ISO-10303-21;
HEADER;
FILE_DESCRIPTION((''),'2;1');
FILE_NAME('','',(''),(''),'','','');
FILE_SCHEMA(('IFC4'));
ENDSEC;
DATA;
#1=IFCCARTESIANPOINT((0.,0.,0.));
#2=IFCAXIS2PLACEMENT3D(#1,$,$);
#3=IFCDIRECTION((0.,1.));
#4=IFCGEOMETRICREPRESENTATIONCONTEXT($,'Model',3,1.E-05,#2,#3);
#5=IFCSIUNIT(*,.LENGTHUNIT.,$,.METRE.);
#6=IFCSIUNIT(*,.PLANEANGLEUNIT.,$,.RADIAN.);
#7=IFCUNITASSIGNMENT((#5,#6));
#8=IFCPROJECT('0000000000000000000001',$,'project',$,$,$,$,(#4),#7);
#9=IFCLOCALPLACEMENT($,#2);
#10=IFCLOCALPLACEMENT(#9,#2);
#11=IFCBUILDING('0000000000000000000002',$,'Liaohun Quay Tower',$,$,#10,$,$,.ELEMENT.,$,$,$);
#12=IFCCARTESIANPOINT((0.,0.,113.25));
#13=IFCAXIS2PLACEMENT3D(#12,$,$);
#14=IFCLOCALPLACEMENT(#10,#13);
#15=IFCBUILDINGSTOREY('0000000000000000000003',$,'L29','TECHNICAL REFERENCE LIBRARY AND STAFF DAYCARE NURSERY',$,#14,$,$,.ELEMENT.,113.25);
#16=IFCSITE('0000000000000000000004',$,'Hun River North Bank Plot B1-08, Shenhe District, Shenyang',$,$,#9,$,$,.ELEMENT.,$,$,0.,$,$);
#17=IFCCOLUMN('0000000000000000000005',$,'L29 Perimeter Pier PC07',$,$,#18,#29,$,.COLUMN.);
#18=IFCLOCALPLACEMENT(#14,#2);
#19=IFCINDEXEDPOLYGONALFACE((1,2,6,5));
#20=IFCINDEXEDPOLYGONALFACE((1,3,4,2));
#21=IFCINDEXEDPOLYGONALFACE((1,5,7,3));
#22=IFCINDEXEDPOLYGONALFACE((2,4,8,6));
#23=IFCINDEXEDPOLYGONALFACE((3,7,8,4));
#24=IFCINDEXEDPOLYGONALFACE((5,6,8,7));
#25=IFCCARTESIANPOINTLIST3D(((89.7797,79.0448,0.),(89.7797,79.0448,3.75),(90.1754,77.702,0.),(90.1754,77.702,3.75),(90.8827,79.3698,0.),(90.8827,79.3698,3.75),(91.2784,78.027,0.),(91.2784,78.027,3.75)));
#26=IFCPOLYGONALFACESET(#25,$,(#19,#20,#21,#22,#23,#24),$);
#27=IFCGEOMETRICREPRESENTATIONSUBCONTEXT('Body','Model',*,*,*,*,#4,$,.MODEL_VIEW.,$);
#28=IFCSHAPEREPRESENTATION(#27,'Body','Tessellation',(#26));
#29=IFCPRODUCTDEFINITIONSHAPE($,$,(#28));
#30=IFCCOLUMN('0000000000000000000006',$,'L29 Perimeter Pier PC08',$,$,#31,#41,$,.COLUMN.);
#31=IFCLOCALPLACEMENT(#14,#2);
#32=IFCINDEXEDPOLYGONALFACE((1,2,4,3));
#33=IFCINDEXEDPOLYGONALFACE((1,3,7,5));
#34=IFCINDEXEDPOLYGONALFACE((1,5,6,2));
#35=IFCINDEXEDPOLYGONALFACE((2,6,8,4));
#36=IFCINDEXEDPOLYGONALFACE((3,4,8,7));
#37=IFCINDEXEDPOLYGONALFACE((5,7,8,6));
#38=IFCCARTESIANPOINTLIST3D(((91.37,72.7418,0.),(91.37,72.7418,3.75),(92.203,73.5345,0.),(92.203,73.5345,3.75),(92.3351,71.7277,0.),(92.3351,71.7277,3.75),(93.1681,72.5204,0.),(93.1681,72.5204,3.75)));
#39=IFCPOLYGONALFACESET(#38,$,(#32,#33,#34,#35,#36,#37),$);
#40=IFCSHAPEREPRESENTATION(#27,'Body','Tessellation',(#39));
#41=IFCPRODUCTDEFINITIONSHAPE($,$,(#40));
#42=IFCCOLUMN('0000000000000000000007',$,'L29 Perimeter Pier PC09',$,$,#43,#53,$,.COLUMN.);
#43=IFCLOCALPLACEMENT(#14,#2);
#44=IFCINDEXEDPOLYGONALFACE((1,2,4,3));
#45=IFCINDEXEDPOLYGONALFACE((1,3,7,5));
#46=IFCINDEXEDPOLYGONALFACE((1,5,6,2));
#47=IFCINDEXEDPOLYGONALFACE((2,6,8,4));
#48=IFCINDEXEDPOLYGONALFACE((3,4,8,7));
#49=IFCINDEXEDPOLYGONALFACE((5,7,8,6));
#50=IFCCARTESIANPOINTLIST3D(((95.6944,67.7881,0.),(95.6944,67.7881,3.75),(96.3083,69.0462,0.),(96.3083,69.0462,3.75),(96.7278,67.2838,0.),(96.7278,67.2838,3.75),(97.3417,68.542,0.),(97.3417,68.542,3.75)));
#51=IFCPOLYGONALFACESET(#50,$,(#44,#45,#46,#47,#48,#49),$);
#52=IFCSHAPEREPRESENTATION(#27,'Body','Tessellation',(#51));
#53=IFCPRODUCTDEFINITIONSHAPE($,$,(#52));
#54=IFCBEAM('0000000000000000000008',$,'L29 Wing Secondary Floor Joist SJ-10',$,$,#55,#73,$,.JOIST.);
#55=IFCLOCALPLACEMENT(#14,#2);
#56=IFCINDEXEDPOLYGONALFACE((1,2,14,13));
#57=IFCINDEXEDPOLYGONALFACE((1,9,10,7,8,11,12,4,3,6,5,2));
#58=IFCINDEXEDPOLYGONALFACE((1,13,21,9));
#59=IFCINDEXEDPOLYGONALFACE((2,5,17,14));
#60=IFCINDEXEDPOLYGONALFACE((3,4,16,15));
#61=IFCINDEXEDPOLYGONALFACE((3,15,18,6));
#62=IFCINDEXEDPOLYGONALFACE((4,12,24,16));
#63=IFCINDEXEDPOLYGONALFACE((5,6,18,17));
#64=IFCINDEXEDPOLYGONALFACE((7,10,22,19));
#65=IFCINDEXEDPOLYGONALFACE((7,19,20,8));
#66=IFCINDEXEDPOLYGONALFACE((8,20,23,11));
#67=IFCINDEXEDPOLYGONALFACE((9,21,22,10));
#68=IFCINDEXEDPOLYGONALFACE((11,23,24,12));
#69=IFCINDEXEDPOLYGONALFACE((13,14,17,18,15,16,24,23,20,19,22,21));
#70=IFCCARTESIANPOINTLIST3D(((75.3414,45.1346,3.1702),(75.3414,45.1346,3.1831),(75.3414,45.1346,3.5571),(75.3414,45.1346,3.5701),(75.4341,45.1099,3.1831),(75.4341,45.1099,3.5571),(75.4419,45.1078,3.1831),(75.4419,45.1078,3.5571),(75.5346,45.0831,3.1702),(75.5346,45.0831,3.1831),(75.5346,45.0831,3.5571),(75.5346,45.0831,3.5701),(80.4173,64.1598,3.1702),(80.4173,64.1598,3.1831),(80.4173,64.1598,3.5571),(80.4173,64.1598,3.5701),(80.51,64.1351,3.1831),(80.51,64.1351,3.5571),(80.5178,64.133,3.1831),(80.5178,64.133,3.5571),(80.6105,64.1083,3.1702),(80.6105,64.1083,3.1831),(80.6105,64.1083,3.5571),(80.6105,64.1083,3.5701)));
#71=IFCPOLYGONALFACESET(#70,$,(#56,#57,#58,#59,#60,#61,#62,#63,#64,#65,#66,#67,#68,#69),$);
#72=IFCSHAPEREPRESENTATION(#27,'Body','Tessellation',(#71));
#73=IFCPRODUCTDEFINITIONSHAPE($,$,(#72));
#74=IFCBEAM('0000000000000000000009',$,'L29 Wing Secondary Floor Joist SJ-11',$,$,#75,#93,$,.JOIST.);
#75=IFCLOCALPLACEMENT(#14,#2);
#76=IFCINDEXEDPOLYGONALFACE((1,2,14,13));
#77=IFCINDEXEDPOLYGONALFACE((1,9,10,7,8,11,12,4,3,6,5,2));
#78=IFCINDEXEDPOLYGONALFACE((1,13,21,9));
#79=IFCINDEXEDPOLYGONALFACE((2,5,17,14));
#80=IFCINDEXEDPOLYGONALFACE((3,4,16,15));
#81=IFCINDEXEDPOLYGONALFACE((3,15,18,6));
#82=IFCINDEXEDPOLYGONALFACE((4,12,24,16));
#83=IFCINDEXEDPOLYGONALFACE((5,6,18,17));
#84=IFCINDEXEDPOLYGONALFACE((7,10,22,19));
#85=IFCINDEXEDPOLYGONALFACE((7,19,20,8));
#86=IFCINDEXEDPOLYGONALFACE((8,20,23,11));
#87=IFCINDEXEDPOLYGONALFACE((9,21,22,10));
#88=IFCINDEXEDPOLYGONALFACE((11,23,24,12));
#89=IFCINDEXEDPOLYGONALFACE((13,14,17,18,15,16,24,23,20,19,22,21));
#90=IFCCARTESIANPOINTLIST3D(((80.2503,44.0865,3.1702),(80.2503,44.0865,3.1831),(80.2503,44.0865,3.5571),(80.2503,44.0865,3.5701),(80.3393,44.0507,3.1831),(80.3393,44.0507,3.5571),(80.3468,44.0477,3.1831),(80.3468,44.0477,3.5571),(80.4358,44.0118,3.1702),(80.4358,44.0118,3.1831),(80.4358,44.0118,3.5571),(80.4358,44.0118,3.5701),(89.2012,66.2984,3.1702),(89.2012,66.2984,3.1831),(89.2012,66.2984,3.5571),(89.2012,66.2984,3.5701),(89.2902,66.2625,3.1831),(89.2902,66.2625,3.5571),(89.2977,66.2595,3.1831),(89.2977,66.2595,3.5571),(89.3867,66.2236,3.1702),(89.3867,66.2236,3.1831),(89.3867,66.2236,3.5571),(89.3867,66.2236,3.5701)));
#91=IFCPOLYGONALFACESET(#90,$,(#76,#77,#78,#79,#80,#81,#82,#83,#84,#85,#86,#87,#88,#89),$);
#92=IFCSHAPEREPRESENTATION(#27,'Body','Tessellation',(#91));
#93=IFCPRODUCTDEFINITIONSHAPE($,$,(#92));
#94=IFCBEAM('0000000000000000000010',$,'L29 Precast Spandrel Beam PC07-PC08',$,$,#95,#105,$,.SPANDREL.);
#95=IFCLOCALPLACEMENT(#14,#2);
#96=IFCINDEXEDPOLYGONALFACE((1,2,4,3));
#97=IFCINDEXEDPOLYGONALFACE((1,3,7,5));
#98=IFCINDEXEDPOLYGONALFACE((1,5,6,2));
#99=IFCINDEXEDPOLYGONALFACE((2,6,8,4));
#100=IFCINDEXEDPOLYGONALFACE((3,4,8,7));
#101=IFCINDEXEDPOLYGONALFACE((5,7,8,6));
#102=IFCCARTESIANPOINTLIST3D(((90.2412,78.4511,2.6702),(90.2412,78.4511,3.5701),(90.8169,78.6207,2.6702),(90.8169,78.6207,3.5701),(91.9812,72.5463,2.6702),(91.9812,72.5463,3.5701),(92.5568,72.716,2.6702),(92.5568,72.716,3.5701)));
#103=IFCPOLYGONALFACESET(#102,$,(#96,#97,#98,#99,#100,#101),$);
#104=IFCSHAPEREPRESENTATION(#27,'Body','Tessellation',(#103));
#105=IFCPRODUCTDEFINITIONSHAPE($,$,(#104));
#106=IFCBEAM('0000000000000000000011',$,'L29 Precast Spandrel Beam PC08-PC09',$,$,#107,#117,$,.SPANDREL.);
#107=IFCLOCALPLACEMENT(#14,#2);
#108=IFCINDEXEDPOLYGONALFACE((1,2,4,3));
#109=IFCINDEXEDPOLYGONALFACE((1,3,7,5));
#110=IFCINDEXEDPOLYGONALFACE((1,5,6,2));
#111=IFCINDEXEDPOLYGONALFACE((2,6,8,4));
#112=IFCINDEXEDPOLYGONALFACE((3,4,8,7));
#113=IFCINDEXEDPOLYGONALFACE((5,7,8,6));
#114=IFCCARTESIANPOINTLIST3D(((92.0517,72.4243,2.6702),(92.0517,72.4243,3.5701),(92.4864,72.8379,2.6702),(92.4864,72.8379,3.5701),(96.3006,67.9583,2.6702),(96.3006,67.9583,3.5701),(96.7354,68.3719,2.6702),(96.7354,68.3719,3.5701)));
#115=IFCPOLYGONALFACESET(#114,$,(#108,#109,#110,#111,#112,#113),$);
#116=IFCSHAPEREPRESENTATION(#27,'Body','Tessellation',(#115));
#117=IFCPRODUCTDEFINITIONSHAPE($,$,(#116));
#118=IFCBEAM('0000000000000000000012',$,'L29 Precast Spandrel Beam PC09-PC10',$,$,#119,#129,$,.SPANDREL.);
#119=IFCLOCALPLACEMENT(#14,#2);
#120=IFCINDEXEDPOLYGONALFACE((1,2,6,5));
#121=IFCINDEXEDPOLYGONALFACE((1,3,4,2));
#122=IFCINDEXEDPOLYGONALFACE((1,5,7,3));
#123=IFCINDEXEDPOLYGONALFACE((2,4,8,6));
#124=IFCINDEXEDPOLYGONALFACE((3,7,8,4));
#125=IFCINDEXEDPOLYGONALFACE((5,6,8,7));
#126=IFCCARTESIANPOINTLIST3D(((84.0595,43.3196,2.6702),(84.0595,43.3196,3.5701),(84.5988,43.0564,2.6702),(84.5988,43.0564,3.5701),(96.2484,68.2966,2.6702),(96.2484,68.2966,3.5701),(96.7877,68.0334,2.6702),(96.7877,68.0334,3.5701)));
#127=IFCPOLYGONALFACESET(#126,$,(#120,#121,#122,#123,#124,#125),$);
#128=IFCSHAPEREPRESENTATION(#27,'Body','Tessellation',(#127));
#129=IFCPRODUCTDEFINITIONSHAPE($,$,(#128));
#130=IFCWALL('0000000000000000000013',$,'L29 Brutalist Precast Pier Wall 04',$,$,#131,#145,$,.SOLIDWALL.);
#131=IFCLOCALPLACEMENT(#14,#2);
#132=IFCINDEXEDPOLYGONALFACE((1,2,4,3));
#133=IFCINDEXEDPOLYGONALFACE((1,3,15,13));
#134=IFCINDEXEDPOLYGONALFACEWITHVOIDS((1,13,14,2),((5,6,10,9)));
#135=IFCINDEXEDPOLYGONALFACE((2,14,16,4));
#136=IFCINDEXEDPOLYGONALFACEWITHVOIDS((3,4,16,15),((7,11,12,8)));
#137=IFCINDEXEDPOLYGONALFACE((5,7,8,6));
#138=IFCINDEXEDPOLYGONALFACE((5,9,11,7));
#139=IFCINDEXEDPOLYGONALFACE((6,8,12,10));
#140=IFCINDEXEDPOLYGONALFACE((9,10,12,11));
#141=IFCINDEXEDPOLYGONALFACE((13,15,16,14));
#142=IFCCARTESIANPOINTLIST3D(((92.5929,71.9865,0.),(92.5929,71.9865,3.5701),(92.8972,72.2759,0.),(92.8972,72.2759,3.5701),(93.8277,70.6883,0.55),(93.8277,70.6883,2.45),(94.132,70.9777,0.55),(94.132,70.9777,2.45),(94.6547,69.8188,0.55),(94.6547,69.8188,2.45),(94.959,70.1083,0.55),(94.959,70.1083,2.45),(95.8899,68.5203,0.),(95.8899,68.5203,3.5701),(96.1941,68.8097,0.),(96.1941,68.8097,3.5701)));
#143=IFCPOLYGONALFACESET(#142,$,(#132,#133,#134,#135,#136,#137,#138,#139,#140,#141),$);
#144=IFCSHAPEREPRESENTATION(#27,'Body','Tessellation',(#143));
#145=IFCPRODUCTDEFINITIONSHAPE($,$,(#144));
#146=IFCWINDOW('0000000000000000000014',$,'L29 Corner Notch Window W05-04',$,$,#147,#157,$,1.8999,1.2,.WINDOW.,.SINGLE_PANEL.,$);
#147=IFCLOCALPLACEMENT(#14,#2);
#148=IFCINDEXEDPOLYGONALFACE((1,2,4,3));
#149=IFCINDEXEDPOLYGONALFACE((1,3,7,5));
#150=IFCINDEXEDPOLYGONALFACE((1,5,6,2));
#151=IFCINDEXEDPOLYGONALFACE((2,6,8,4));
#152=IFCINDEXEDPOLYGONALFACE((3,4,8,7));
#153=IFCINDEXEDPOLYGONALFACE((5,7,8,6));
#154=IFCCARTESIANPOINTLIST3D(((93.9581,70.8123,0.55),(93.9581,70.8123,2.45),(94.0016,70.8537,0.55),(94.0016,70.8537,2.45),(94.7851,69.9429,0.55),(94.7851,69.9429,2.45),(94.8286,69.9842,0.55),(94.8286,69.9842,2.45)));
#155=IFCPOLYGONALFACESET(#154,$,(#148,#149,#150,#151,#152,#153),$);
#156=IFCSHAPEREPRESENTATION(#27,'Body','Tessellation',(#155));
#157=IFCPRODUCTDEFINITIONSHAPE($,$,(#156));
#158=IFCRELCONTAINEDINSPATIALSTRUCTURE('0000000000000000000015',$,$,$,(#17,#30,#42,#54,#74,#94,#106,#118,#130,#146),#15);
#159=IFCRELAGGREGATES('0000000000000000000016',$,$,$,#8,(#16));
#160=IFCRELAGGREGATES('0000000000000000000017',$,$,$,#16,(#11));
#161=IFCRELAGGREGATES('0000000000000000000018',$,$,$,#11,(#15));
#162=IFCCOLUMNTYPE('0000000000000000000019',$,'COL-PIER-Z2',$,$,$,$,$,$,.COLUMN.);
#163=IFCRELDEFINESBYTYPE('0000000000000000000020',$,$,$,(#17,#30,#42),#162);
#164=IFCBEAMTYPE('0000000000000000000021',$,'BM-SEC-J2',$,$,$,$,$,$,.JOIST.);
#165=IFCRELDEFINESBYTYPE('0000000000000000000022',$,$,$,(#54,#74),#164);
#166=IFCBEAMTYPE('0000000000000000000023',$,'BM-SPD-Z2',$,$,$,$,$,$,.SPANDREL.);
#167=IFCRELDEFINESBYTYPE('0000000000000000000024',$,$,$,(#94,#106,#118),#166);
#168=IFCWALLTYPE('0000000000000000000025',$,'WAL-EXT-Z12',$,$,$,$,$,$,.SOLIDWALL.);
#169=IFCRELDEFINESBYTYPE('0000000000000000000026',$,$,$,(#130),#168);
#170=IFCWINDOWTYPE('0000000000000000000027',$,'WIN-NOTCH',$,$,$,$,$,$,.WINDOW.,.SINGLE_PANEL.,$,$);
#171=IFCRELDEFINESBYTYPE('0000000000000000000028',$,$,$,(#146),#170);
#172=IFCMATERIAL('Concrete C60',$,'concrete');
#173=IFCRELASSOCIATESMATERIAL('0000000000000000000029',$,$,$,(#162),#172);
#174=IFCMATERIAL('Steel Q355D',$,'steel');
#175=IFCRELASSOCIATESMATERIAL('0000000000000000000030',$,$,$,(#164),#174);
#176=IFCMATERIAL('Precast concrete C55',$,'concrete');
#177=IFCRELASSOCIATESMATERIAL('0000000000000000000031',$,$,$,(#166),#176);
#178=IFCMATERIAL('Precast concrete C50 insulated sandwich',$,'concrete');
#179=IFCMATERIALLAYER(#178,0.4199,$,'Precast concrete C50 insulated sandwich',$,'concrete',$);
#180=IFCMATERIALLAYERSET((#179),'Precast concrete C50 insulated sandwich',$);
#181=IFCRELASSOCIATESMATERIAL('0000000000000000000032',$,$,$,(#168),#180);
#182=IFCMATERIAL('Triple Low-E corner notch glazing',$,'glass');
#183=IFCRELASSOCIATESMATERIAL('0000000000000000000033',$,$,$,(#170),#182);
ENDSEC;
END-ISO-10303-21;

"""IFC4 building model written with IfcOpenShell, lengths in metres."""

from ifc_helpers import new_model, si_unit, direction, frame, frame_2d, origin, origin_2d, place, context, subcontext, project, spatial, rectangle, i_section, extrude, source, transform, mapped, material, layer, layer_set, material_profile, profile_set, type_object, element, fill, save


model = new_model("IFC4")

# Units and contexts
model_context = context("Model", 3, precision=1e-05, world=origin(), true_north=direction((0.0, 1.0)))
body_context = subcontext(model_context, "Body", "Model", "MODEL_VIEW")
ifc_project = project(units=[si_unit("LENGTHUNIT", "METRE"), si_unit("PLANEANGLEUNIT", "RADIAN")], contexts=[model_context])

# Site, building, storey
site_placement = place(None, origin())
site = spatial("IfcSite", under=ifc_project, at=site_placement, Name="Hun River North Bank Plot B1-08, Shenhe District, Shenyang", CompositionType="ELEMENT", RefElevation=0.0)
building_placement = place(site_placement, origin())
building = spatial("IfcBuilding", under=site, at=building_placement, Name="Liaohun Quay Tower", CompositionType="ELEMENT")
storey_placement = place(building_placement, frame((0.0, 0.0, 113.25)))
storey = spatial("IfcBuildingStorey", under=building, at=storey_placement, Name="L29", Description="TECHNICAL REFERENCE LIBRARY AND STAFF DAYCARE NURSERY", CompositionType="ELEMENT", Elevation=113.25)

# Columns
ifc_material_1 = material(Name="Concrete C60", Category="concrete")
ifc_material_profile_1 = material_profile(ifc_material_1, rectangle(XDim=1.3999, YDim=1.1499, at=origin_2d()), Name="RC1400x1150")
ifc_profile_set_1 = profile_set([ifc_material_profile_1], Name="Concrete C60")
column_type = type_object("IfcColumnType", Name="COL-PIER-Z2", PredefinedType="COLUMN", material=ifc_profile_set_1)
shared_shape_1 = source(origin(), body_context, "Body", "SweptSolid", [
    extrude(rectangle(XDim=1.3999, YDim=1.1499, at=origin_2d()), origin(), (0.0, 0.0, 1.0), 3.75),
])
for number, where, z_axis, x_axis, name in (
    (1, (90.5291, 78.5359, 0.0), (0.0, 0.0, 1.0), (-0.282676, 0.959215, 0.0), "L29 Perimeter Pier PC07"),
    (2, (92.269, 72.6311, 0.0), (0.0, 0.0, 1.0), (-0.689367, 0.724413, 0.0), "L29 Perimeter Pier PC08"),
    (3, (96.5181, 68.165, 0.0), (0.0, 0.0, 1.0), (0.438528, 0.898718, 0.0), "L29 Perimeter Pier PC09"),
):
    element("IfcColumn", number, at=place(storey_placement, frame(where, z_axis=z_axis, x_axis=x_axis)), inside=storey, type_object=column_type, Name=name, PredefinedType="COLUMN", context=body_context, shape_type="MappedRepresentation", body=[
        mapped(shared_shape_1, transform((0.0, 0.0, 0.0), x_axis=(1.0, 0.0, 0.0), y_axis=(0.0, 1.0, 0.0), z_axis=(0.0, 0.0, 1.0), scale=1.0)),
    ])

# Beams
ifc_material_2 = material(Name="Steel Q355D", Category="steel")
ifc_material_profile_2 = material_profile(ifc_material_2, i_section(OverallWidth=0.2, OverallDepth=0.3999, WebThickness=0.0081, FlangeThickness=0.0129, at=origin_2d()), Name="HN400x200x8x13")
ifc_profile_set_2 = profile_set([ifc_material_profile_2], Name="Steel Q355D")
beam_type_1 = type_object("IfcBeamType", Name="BM-SEC-J2", PredefinedType="JOIST", material=ifc_profile_set_2)
shared_shape_2 = source(origin(), body_context, "Body", "SweptSolid", [
    extrude(i_section(OverallWidth=0.2, OverallDepth=0.3999, WebThickness=0.0081, FlangeThickness=0.0129, at=origin_2d()), origin(), (0.0, 0.0, 1.0), 19.6907),
])
beam_1_placement = place(storey_placement, frame((80.5139, 64.134, 3.3701), z_axis=(-0.257784, -0.966203, 0.0), x_axis=(0.966203, -0.257784, 0.0)))
element("IfcBeam", 4, at=beam_1_placement, inside=storey, type_object=beam_type_1, Name="L29 Wing Secondary Floor Joist SJ-10", PredefinedType="JOIST", context=body_context, shape_type="MappedRepresentation", body=[
    mapped(shared_shape_2, transform((0.0, 0.0, 0.0), x_axis=(1.0, 0.0, 0.0), y_axis=(0.0, 1.0, 0.0), z_axis=(0.0, 0.0, 1.0), scale=1.0)),
])
shared_shape_3 = source(origin(), body_context, "Body", "SweptSolid", [
    extrude(i_section(OverallWidth=0.2, OverallDepth=0.3999, WebThickness=0.0081, FlangeThickness=0.0129, at=origin_2d()), origin(), (0.0, 0.0, 1.0), 23.9475),
])
beam_2_placement = place(storey_placement, frame((89.2939, 66.261, 3.3701), z_axis=(-0.373771, -0.927521, 0.0), x_axis=(0.927521, -0.373771, 0.0)))
element("IfcBeam", 5, at=beam_2_placement, inside=storey, type_object=beam_type_1, Name="L29 Wing Secondary Floor Joist SJ-11", PredefinedType="JOIST", context=body_context, shape_type="MappedRepresentation", body=[
    mapped(shared_shape_3, transform((0.0, 0.0, 0.0), x_axis=(1.0, 0.0, 0.0), y_axis=(0.0, 1.0, 0.0), z_axis=(0.0, 0.0, 1.0), scale=1.0)),
])
ifc_material_3 = material(Name="Precast concrete C55", Category="concrete")
ifc_material_profile_3 = material_profile(ifc_material_3, rectangle(XDim=0.6001, YDim=0.8999, at=origin_2d()), Name="RC600x900")
ifc_profile_set_3 = profile_set([ifc_material_profile_3], Name="Precast concrete C55")
beam_type_2 = type_object("IfcBeamType", Name="BM-SPD-Z2", PredefinedType="SPANDREL", material=ifc_profile_set_3)
shared_shape_4 = source(origin(), body_context, "Body", "SweptSolid", [
    extrude(rectangle(XDim=0.6001, YDim=0.8999, at=origin_2d()), origin(), (0.0, 0.0, 1.0), 6.1558),
])
beam_3_placement = place(storey_placement, frame((90.5291, 78.5359, 3.1201), z_axis=(0.282658, -0.959221, 0.0), x_axis=(0.959221, 0.282658, 0.0)))
element("IfcBeam", 6, at=beam_3_placement, inside=storey, type_object=beam_type_2, Name="L29 Precast Spandrel Beam PC07-PC08", PredefinedType="SPANDREL", context=body_context, shape_type="MappedRepresentation", body=[
    mapped(shared_shape_4, transform((0.0, 0.0, 0.0), x_axis=(1.0, 0.0, 0.0), y_axis=(0.0, 1.0, 0.0), z_axis=(0.0, 0.0, 1.0), scale=1.0)),
])
shared_shape_5 = source(origin(), body_context, "Body", "SweptSolid", [
    extrude(rectangle(XDim=0.6001, YDim=0.8999, at=origin_2d()), origin(), (0.0, 0.0, 1.0), 6.1643),
])
beam_4_placement = place(storey_placement, frame((92.269, 72.6311, 3.1201), z_axis=(0.689283, -0.724492, 0.0), x_axis=(0.724492, 0.689283, 0.0)))
element("IfcBeam", 7, at=beam_4_placement, inside=storey, type_object=beam_type_2, Name="L29 Precast Spandrel Beam PC08-PC09", PredefinedType="SPANDREL", context=body_context, shape_type="MappedRepresentation", body=[
    mapped(shared_shape_5, transform((0.0, 0.0, 0.0), x_axis=(1.0, 0.0, 0.0), y_axis=(0.0, 1.0, 0.0), z_axis=(0.0, 0.0, 1.0), scale=1.0)),
])
shared_shape_6 = source(origin(), body_context, "Body", "SweptSolid", [
    extrude(rectangle(XDim=0.6001, YDim=0.8999, at=origin_2d()), origin(), (0.0, 0.0, 1.0), 27.7925),
])
beam_5_placement = place(storey_placement, frame((96.5181, 68.165, 3.1201), z_axis=(-0.43857, -0.898697, 0.0), x_axis=(0.898697, -0.43857, 0.0)))
element("IfcBeam", 8, at=beam_5_placement, inside=storey, type_object=beam_type_2, Name="L29 Precast Spandrel Beam PC09-PC10", PredefinedType="SPANDREL", context=body_context, shape_type="MappedRepresentation", body=[
    mapped(shared_shape_6, transform((0.0, 0.0, 0.0), x_axis=(1.0, 0.0, 0.0), y_axis=(0.0, 1.0, 0.0), z_axis=(0.0, 0.0, 1.0), scale=1.0)),
])

# Wall, opening, window
ifc_material_4 = material(Name="Precast concrete C50 insulated sandwich", Category="concrete")
ifc_layer_1 = layer(ifc_material_4, 0.4199, Name="Precast concrete C50 insulated sandwich", Category="concrete")
ifc_layer_set_1 = layer_set([ifc_layer_1], Name="Precast concrete C50 insulated sandwich")
wall_type_1 = type_object("IfcWallType", Name="WAL-EXT-Z12", PredefinedType="SOLIDWALL", material=ifc_layer_set_1)
wall_1_placement = place(storey_placement, frame((96.042, 68.665, 0.0), z_axis=(0.0, 0.0, 1.0), x_axis=(-0.689201, 0.72457, 0.0)))
wall_1 = element("IfcWall", 9, at=wall_1_placement, inside=storey, type_object=wall_type_1, Name="L29 Brutalist Precast Pier Wall 04", PredefinedType="SOLIDWALL", context=body_context, shape_type="SweptSolid", body=[
    extrude(rectangle(XDim=4.7837, YDim=0.4199, at=frame_2d((2.3918, 0.0))), origin(), (0.0, 0.0, 1.0), 3.5701),
])
shared_shape_7 = source(origin(), body_context, "Body", "SweptSolid", [
    extrude(rectangle(XDim=1.2, YDim=1.8999, at=frame_2d((0.6001, 0.95))), frame((0.0, 0.22, 0.0), z_axis=(0.0, -1.0, 0.0), x_axis=(1.0, 0.0, 0.0)), (0.0, 0.0, 1.0), 0.4399),
])
opening_1_placement = place(wall_1_placement, frame((1.792, 0.0, 0.55)))
opening_1 = element("IfcOpeningElement", 10, at=opening_1_placement, cuts=wall_1, PredefinedType="OPENING", context=body_context, shape_type="MappedRepresentation", body=[
    mapped(shared_shape_7, transform((0.0, 0.0, 0.0), x_axis=(1.0, 0.0, 0.0), y_axis=(0.0, 1.0, 0.0), z_axis=(0.0, 0.0, 1.0), scale=1.0)),
])
ifc_material_5 = material(Name="Triple Low-E corner notch glazing", Category="glass")
window_type_1 = type_object("IfcWindowType", Name="WIN-NOTCH", PartitioningType="SINGLE_PANEL", PredefinedType="WINDOW", material=ifc_material_5)
shared_shape_8 = source(origin(), body_context, "Body", "SweptSolid", [
    extrude(rectangle(XDim=1.2, YDim=1.8999, at=frame_2d((0.6001, 0.95))), frame((0.0, 0.03, 0.0), z_axis=(0.0, -1.0, 0.0), x_axis=(1.0, 0.0, 0.0)), (0.0, 0.0, 1.0), 0.0601),
])
window_1_placement = place(opening_1_placement, origin())
window_1 = element("IfcWindow", 11, at=window_1_placement, inside=storey, type_object=window_type_1, Name="L29 Corner Notch Window W05-04", OverallHeight=1.8999, OverallWidth=1.2, PartitioningType="SINGLE_PANEL", PredefinedType="WINDOW", context=body_context, shape_type="MappedRepresentation", body=[
    mapped(shared_shape_8, transform((0.0, 0.0, 0.0), x_axis=(1.0, 0.0, 0.0), y_axis=(0.0, 1.0, 0.0), z_axis=(0.0, 0.0, 1.0), scale=1.0)),
])
fill(opening_1, window_1)

save(model, "model.ifc")
